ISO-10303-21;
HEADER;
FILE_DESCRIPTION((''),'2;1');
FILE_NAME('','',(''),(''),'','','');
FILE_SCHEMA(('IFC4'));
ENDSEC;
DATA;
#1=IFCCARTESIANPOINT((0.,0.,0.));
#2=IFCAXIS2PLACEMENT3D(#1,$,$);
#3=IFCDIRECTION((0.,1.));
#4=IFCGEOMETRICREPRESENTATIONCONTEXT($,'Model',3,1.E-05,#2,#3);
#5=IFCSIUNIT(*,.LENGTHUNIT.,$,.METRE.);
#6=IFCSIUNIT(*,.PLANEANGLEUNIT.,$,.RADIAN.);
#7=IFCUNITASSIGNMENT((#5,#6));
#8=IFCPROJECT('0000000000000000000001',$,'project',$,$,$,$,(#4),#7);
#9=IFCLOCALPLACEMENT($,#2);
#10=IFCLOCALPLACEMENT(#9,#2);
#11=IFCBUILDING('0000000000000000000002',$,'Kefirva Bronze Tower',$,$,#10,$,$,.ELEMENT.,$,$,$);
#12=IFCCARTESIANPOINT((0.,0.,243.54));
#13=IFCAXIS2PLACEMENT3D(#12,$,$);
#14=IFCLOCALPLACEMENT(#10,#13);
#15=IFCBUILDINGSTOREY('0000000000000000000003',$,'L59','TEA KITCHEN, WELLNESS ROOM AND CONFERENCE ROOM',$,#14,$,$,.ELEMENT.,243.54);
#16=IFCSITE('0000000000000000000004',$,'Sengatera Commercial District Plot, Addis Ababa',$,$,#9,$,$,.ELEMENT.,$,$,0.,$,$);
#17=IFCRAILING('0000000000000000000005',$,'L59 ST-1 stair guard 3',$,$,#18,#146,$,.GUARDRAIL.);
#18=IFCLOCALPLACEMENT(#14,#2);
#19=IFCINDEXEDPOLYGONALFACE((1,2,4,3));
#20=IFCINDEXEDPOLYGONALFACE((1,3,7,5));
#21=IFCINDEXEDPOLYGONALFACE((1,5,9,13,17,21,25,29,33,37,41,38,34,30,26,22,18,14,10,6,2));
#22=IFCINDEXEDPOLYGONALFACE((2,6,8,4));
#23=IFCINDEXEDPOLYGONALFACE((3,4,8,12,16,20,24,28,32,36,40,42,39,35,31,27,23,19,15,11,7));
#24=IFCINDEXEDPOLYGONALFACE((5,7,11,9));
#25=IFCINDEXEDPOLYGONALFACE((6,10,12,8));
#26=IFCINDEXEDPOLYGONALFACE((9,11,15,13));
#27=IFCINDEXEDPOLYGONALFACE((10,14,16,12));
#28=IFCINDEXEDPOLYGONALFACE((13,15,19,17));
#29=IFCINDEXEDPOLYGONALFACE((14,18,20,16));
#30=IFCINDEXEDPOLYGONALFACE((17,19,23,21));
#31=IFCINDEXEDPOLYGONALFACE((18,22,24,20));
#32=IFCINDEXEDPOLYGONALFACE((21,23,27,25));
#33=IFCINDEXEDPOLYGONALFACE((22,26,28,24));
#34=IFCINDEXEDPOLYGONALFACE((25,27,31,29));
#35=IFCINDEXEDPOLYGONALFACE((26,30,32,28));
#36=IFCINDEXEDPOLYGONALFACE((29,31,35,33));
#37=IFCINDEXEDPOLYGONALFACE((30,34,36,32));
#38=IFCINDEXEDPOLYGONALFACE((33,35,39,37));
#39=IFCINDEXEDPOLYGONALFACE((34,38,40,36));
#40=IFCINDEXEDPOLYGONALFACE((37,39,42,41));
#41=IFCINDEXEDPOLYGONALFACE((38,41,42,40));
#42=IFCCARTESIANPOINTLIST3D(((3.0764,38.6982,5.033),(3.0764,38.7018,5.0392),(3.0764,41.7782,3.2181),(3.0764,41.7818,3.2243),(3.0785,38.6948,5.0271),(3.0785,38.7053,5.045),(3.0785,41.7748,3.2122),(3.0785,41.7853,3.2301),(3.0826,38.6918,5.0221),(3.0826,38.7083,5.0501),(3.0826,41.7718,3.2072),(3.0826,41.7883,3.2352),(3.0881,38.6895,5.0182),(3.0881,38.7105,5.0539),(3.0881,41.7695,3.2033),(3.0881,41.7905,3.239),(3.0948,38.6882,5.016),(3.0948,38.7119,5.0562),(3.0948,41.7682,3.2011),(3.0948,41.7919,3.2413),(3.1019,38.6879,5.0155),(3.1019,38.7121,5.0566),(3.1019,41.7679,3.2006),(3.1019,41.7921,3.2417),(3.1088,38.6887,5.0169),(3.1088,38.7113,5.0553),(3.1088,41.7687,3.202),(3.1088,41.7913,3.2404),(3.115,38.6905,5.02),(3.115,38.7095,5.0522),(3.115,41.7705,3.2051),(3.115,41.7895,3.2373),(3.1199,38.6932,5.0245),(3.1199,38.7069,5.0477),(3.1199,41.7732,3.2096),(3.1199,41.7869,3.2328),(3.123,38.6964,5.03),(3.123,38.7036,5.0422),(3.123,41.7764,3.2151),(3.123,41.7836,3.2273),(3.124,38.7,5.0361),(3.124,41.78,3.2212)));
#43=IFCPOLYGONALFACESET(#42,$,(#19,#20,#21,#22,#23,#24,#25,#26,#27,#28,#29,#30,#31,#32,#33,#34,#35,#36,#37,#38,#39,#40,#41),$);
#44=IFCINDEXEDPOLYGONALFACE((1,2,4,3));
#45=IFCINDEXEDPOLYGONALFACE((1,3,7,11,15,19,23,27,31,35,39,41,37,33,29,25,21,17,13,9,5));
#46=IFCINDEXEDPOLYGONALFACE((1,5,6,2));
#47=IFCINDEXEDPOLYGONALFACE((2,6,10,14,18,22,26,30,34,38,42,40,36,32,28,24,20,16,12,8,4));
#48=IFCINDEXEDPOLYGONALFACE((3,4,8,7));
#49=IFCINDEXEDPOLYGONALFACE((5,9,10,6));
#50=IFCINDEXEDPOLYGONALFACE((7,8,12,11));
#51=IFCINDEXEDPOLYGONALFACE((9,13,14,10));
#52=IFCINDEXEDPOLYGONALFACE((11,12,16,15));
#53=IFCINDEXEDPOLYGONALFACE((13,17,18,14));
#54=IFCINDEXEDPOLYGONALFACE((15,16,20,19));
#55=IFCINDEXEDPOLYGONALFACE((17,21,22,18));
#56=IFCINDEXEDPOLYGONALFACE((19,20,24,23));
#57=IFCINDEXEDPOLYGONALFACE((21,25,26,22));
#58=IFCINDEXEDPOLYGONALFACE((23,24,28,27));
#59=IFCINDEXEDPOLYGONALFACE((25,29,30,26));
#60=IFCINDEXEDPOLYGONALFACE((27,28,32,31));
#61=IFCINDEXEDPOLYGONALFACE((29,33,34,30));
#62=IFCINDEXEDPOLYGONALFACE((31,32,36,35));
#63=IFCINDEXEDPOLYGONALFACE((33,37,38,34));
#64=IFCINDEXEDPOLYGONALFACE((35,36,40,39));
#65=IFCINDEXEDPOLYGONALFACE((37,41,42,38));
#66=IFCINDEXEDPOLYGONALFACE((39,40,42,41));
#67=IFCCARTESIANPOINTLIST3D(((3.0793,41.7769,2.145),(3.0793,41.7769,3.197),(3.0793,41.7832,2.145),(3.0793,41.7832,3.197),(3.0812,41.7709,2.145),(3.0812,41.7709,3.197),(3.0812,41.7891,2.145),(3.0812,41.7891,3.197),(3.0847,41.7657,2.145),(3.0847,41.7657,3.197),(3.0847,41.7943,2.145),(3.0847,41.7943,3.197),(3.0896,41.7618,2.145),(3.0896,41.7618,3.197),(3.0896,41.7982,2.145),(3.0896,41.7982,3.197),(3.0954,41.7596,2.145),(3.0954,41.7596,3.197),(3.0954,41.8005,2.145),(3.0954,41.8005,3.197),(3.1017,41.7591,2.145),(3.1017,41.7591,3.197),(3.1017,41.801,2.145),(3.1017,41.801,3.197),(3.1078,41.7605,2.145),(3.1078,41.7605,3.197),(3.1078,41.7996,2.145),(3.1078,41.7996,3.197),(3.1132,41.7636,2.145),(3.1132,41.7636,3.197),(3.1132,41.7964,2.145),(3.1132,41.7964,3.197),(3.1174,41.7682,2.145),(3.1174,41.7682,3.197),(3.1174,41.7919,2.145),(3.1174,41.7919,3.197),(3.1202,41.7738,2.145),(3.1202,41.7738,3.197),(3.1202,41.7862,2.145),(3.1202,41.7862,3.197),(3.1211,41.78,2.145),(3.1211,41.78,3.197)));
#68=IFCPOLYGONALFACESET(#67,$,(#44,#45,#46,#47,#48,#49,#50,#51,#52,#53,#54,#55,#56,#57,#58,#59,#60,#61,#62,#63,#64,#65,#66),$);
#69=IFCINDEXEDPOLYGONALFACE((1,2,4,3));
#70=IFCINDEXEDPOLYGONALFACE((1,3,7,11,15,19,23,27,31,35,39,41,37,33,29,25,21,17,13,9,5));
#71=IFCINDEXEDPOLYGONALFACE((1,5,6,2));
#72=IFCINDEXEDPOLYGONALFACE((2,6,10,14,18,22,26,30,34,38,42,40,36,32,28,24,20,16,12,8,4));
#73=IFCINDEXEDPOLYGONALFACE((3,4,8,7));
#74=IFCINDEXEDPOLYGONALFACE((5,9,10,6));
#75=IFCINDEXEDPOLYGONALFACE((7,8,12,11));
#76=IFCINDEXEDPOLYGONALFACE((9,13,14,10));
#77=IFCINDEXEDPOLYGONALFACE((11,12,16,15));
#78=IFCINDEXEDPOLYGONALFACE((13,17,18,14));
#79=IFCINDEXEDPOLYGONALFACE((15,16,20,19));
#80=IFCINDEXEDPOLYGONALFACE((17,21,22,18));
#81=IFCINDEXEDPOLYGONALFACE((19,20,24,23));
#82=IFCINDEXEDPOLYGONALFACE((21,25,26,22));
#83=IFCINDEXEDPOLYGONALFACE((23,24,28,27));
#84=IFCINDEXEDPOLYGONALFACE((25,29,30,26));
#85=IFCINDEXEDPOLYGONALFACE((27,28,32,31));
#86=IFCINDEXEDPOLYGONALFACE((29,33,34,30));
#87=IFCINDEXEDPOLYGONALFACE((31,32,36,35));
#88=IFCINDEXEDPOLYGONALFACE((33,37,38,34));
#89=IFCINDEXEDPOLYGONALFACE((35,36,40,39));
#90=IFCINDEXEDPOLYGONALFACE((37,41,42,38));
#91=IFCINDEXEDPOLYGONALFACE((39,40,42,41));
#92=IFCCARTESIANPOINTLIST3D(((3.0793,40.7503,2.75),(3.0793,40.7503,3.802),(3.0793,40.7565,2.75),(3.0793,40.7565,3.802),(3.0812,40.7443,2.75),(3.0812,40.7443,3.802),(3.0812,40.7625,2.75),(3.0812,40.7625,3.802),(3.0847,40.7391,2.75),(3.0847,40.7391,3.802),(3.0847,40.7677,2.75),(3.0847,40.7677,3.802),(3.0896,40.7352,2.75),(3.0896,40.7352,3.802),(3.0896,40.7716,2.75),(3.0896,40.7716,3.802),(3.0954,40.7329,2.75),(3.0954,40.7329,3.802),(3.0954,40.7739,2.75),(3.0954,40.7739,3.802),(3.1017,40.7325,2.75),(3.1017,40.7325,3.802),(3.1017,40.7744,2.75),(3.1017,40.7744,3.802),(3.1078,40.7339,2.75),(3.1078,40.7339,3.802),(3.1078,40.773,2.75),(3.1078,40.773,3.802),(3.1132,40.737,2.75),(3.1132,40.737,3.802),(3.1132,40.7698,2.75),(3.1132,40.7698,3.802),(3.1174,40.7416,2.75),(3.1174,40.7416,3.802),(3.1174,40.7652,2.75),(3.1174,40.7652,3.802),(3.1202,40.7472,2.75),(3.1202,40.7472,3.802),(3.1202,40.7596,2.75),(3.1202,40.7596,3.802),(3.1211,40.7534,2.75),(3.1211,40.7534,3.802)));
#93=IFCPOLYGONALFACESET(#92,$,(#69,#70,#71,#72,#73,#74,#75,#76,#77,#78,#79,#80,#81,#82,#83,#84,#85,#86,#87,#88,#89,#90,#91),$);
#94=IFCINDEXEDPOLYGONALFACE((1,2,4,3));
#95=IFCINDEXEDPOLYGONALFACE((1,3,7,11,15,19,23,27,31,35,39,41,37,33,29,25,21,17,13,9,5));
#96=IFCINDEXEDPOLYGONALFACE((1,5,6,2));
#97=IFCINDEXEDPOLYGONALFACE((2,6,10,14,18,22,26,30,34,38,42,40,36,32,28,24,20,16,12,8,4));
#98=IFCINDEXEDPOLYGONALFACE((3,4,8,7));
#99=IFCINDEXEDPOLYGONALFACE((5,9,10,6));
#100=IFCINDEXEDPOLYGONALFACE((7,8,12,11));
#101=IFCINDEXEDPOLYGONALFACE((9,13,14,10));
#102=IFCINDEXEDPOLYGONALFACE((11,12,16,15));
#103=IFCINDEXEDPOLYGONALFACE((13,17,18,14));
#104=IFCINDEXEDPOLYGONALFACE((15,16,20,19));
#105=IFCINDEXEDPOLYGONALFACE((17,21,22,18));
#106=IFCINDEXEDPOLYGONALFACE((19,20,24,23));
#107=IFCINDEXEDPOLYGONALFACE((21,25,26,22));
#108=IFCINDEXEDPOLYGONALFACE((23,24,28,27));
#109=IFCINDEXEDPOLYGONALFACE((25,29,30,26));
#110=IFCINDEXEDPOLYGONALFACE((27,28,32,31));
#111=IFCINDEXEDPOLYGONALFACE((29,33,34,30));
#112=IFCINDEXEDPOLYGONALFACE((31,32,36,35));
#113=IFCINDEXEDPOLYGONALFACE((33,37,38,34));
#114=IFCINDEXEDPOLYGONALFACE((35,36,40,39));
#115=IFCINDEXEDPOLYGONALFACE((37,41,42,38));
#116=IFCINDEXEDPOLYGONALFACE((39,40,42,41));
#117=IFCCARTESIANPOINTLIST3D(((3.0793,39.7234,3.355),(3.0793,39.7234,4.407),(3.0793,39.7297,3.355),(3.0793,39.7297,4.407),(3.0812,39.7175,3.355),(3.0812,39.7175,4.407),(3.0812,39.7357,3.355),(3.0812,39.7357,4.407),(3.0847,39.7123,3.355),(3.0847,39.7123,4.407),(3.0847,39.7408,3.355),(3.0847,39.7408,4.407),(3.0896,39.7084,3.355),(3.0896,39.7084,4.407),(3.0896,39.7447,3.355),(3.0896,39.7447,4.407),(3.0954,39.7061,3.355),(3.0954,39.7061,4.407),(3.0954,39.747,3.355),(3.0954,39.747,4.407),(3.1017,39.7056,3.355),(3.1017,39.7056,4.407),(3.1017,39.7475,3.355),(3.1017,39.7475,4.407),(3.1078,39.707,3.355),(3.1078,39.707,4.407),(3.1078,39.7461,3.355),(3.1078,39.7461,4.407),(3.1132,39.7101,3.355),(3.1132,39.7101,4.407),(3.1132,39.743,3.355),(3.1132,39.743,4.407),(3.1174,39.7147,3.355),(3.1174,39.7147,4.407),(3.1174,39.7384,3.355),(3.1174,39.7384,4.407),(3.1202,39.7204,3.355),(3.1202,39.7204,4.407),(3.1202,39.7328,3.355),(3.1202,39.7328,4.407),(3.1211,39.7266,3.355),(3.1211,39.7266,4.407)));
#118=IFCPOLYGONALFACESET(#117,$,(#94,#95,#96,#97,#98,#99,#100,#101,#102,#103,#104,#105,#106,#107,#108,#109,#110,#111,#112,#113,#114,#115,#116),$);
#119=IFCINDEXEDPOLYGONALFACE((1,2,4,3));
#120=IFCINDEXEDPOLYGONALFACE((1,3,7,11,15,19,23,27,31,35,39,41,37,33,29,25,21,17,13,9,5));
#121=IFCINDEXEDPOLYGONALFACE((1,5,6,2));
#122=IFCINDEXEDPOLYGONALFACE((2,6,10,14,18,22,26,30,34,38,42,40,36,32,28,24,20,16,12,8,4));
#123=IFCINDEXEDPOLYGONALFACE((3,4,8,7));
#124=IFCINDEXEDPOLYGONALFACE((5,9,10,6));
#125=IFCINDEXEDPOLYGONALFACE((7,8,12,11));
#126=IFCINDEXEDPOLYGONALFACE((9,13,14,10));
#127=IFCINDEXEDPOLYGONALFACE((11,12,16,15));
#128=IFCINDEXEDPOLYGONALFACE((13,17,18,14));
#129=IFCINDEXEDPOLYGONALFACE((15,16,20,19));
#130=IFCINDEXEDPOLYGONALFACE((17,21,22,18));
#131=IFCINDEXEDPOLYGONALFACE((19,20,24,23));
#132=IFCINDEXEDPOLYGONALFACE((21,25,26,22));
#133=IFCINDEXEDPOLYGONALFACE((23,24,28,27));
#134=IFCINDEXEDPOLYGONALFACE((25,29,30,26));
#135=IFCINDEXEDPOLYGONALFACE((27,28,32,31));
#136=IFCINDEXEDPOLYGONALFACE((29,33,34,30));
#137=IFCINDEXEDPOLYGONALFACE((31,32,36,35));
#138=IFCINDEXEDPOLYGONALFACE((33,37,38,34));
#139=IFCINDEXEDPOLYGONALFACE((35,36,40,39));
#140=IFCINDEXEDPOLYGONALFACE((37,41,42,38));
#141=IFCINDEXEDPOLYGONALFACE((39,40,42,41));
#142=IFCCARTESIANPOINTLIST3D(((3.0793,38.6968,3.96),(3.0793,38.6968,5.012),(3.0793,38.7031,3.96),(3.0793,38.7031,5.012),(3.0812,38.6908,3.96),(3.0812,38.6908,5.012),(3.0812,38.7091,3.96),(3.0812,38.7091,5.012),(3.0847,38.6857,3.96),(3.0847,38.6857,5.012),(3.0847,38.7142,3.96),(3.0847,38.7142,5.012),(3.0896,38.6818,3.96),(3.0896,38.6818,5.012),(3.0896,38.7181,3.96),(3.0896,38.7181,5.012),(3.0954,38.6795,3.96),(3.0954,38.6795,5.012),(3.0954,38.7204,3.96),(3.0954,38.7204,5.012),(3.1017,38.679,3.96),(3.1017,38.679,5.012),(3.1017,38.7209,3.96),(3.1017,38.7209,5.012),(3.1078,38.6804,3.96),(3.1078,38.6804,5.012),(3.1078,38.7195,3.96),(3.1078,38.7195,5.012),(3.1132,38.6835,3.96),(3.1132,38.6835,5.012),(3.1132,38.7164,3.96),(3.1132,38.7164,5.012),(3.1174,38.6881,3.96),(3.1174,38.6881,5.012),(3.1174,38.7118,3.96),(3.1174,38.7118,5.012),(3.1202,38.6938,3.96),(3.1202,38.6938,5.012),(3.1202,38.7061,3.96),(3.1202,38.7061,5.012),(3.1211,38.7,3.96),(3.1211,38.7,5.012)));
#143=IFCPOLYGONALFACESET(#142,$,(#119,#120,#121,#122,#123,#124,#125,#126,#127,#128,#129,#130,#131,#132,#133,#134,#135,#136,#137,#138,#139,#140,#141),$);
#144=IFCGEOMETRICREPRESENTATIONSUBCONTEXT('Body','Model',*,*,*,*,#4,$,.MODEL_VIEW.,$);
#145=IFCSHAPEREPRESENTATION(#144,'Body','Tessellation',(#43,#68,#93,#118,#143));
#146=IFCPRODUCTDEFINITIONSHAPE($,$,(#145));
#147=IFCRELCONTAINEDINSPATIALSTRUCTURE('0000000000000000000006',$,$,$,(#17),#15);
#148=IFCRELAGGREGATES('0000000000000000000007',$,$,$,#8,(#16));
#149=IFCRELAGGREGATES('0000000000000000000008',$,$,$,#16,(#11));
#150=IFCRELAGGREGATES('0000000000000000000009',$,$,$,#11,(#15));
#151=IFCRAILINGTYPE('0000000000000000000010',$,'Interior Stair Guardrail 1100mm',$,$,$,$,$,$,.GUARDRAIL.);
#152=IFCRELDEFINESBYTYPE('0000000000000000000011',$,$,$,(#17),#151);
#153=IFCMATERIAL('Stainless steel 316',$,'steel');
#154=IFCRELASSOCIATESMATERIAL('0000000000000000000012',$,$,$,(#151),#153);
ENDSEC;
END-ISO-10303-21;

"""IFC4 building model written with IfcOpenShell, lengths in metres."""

from ifc_helpers import new_model, si_unit, direction, frame, origin, origin_2d, place, context, subcontext, project, spatial, circle, extrude, material, type_object, element, save


model = new_model("IFC4")

# Units and contexts
model_context = context("Model", 3, precision=1e-05, world=origin(), true_north=direction((0.0, 1.0)))
body_context = subcontext(model_context, "Body", "Model", "MODEL_VIEW")
ifc_project = project(units=[si_unit("LENGTHUNIT", "METRE"), si_unit("PLANEANGLEUNIT", "RADIAN")], contexts=[model_context])

# Site, building, storey
site_placement = place(None, origin())
site = spatial("IfcSite", under=ifc_project, at=site_placement, Name="Sengatera Commercial District Plot, Addis Ababa", CompositionType="ELEMENT", RefElevation=0.0)
building_placement = place(site_placement, origin())
building = spatial("IfcBuilding", under=site, at=building_placement, Name="Kefirva Bronze Tower", CompositionType="ELEMENT")
storey_placement = place(building_placement, frame((0.0, 0.0, 243.54)))
storey = spatial("IfcBuildingStorey", under=building, at=storey_placement, Name="L59", Description="TEA KITCHEN, WELLNESS ROOM AND CONFERENCE ROOM", CompositionType="ELEMENT", Elevation=243.54)

# Railing
ifc_material_1 = material(Name="Stainless steel 316", Category="steel")
railing_type_1 = type_object("IfcRailingType", Name="Interior Stair Guardrail 1100mm", PredefinedType="GUARDRAIL", material=ifc_material_1)
railing_1_placement = place(storey_placement, frame((3.1001, 41.78, 2.145)))
element("IfcRailing", 1, at=railing_1_placement, inside=storey, type_object=railing_type_1, Name="L59 ST-1 stair guard 3", PredefinedType="GUARDRAIL", context=body_context, shape_type="SweptSolid", body=[
    extrude(circle(Radius=0.0239, at=origin_2d()), frame((0.0, 0.0, 1.0762), z_axis=(0.0, -0.861551, 0.507671), x_axis=(1.0, 0.0, 0.0)), (0.0, 0.0, 1.0), 3.575),
    extrude(circle(Radius=0.021, at=origin_2d()), origin(), (0.0, 0.0, 1.0), 1.052),
    extrude(circle(Radius=0.021, at=origin_2d()), frame((0.0, -1.0266, 0.605)), (0.0, 0.0, 1.0), 1.052),
    extrude(circle(Radius=0.021, at=origin_2d()), frame((0.0, -2.0535, 1.21)), (0.0, 0.0, 1.0), 1.052),
    extrude(circle(Radius=0.021, at=origin_2d()), frame((0.0, -3.0801, 1.8149)), (0.0, 0.0, 1.0), 1.052),
])

save(model, "model.ifc")
